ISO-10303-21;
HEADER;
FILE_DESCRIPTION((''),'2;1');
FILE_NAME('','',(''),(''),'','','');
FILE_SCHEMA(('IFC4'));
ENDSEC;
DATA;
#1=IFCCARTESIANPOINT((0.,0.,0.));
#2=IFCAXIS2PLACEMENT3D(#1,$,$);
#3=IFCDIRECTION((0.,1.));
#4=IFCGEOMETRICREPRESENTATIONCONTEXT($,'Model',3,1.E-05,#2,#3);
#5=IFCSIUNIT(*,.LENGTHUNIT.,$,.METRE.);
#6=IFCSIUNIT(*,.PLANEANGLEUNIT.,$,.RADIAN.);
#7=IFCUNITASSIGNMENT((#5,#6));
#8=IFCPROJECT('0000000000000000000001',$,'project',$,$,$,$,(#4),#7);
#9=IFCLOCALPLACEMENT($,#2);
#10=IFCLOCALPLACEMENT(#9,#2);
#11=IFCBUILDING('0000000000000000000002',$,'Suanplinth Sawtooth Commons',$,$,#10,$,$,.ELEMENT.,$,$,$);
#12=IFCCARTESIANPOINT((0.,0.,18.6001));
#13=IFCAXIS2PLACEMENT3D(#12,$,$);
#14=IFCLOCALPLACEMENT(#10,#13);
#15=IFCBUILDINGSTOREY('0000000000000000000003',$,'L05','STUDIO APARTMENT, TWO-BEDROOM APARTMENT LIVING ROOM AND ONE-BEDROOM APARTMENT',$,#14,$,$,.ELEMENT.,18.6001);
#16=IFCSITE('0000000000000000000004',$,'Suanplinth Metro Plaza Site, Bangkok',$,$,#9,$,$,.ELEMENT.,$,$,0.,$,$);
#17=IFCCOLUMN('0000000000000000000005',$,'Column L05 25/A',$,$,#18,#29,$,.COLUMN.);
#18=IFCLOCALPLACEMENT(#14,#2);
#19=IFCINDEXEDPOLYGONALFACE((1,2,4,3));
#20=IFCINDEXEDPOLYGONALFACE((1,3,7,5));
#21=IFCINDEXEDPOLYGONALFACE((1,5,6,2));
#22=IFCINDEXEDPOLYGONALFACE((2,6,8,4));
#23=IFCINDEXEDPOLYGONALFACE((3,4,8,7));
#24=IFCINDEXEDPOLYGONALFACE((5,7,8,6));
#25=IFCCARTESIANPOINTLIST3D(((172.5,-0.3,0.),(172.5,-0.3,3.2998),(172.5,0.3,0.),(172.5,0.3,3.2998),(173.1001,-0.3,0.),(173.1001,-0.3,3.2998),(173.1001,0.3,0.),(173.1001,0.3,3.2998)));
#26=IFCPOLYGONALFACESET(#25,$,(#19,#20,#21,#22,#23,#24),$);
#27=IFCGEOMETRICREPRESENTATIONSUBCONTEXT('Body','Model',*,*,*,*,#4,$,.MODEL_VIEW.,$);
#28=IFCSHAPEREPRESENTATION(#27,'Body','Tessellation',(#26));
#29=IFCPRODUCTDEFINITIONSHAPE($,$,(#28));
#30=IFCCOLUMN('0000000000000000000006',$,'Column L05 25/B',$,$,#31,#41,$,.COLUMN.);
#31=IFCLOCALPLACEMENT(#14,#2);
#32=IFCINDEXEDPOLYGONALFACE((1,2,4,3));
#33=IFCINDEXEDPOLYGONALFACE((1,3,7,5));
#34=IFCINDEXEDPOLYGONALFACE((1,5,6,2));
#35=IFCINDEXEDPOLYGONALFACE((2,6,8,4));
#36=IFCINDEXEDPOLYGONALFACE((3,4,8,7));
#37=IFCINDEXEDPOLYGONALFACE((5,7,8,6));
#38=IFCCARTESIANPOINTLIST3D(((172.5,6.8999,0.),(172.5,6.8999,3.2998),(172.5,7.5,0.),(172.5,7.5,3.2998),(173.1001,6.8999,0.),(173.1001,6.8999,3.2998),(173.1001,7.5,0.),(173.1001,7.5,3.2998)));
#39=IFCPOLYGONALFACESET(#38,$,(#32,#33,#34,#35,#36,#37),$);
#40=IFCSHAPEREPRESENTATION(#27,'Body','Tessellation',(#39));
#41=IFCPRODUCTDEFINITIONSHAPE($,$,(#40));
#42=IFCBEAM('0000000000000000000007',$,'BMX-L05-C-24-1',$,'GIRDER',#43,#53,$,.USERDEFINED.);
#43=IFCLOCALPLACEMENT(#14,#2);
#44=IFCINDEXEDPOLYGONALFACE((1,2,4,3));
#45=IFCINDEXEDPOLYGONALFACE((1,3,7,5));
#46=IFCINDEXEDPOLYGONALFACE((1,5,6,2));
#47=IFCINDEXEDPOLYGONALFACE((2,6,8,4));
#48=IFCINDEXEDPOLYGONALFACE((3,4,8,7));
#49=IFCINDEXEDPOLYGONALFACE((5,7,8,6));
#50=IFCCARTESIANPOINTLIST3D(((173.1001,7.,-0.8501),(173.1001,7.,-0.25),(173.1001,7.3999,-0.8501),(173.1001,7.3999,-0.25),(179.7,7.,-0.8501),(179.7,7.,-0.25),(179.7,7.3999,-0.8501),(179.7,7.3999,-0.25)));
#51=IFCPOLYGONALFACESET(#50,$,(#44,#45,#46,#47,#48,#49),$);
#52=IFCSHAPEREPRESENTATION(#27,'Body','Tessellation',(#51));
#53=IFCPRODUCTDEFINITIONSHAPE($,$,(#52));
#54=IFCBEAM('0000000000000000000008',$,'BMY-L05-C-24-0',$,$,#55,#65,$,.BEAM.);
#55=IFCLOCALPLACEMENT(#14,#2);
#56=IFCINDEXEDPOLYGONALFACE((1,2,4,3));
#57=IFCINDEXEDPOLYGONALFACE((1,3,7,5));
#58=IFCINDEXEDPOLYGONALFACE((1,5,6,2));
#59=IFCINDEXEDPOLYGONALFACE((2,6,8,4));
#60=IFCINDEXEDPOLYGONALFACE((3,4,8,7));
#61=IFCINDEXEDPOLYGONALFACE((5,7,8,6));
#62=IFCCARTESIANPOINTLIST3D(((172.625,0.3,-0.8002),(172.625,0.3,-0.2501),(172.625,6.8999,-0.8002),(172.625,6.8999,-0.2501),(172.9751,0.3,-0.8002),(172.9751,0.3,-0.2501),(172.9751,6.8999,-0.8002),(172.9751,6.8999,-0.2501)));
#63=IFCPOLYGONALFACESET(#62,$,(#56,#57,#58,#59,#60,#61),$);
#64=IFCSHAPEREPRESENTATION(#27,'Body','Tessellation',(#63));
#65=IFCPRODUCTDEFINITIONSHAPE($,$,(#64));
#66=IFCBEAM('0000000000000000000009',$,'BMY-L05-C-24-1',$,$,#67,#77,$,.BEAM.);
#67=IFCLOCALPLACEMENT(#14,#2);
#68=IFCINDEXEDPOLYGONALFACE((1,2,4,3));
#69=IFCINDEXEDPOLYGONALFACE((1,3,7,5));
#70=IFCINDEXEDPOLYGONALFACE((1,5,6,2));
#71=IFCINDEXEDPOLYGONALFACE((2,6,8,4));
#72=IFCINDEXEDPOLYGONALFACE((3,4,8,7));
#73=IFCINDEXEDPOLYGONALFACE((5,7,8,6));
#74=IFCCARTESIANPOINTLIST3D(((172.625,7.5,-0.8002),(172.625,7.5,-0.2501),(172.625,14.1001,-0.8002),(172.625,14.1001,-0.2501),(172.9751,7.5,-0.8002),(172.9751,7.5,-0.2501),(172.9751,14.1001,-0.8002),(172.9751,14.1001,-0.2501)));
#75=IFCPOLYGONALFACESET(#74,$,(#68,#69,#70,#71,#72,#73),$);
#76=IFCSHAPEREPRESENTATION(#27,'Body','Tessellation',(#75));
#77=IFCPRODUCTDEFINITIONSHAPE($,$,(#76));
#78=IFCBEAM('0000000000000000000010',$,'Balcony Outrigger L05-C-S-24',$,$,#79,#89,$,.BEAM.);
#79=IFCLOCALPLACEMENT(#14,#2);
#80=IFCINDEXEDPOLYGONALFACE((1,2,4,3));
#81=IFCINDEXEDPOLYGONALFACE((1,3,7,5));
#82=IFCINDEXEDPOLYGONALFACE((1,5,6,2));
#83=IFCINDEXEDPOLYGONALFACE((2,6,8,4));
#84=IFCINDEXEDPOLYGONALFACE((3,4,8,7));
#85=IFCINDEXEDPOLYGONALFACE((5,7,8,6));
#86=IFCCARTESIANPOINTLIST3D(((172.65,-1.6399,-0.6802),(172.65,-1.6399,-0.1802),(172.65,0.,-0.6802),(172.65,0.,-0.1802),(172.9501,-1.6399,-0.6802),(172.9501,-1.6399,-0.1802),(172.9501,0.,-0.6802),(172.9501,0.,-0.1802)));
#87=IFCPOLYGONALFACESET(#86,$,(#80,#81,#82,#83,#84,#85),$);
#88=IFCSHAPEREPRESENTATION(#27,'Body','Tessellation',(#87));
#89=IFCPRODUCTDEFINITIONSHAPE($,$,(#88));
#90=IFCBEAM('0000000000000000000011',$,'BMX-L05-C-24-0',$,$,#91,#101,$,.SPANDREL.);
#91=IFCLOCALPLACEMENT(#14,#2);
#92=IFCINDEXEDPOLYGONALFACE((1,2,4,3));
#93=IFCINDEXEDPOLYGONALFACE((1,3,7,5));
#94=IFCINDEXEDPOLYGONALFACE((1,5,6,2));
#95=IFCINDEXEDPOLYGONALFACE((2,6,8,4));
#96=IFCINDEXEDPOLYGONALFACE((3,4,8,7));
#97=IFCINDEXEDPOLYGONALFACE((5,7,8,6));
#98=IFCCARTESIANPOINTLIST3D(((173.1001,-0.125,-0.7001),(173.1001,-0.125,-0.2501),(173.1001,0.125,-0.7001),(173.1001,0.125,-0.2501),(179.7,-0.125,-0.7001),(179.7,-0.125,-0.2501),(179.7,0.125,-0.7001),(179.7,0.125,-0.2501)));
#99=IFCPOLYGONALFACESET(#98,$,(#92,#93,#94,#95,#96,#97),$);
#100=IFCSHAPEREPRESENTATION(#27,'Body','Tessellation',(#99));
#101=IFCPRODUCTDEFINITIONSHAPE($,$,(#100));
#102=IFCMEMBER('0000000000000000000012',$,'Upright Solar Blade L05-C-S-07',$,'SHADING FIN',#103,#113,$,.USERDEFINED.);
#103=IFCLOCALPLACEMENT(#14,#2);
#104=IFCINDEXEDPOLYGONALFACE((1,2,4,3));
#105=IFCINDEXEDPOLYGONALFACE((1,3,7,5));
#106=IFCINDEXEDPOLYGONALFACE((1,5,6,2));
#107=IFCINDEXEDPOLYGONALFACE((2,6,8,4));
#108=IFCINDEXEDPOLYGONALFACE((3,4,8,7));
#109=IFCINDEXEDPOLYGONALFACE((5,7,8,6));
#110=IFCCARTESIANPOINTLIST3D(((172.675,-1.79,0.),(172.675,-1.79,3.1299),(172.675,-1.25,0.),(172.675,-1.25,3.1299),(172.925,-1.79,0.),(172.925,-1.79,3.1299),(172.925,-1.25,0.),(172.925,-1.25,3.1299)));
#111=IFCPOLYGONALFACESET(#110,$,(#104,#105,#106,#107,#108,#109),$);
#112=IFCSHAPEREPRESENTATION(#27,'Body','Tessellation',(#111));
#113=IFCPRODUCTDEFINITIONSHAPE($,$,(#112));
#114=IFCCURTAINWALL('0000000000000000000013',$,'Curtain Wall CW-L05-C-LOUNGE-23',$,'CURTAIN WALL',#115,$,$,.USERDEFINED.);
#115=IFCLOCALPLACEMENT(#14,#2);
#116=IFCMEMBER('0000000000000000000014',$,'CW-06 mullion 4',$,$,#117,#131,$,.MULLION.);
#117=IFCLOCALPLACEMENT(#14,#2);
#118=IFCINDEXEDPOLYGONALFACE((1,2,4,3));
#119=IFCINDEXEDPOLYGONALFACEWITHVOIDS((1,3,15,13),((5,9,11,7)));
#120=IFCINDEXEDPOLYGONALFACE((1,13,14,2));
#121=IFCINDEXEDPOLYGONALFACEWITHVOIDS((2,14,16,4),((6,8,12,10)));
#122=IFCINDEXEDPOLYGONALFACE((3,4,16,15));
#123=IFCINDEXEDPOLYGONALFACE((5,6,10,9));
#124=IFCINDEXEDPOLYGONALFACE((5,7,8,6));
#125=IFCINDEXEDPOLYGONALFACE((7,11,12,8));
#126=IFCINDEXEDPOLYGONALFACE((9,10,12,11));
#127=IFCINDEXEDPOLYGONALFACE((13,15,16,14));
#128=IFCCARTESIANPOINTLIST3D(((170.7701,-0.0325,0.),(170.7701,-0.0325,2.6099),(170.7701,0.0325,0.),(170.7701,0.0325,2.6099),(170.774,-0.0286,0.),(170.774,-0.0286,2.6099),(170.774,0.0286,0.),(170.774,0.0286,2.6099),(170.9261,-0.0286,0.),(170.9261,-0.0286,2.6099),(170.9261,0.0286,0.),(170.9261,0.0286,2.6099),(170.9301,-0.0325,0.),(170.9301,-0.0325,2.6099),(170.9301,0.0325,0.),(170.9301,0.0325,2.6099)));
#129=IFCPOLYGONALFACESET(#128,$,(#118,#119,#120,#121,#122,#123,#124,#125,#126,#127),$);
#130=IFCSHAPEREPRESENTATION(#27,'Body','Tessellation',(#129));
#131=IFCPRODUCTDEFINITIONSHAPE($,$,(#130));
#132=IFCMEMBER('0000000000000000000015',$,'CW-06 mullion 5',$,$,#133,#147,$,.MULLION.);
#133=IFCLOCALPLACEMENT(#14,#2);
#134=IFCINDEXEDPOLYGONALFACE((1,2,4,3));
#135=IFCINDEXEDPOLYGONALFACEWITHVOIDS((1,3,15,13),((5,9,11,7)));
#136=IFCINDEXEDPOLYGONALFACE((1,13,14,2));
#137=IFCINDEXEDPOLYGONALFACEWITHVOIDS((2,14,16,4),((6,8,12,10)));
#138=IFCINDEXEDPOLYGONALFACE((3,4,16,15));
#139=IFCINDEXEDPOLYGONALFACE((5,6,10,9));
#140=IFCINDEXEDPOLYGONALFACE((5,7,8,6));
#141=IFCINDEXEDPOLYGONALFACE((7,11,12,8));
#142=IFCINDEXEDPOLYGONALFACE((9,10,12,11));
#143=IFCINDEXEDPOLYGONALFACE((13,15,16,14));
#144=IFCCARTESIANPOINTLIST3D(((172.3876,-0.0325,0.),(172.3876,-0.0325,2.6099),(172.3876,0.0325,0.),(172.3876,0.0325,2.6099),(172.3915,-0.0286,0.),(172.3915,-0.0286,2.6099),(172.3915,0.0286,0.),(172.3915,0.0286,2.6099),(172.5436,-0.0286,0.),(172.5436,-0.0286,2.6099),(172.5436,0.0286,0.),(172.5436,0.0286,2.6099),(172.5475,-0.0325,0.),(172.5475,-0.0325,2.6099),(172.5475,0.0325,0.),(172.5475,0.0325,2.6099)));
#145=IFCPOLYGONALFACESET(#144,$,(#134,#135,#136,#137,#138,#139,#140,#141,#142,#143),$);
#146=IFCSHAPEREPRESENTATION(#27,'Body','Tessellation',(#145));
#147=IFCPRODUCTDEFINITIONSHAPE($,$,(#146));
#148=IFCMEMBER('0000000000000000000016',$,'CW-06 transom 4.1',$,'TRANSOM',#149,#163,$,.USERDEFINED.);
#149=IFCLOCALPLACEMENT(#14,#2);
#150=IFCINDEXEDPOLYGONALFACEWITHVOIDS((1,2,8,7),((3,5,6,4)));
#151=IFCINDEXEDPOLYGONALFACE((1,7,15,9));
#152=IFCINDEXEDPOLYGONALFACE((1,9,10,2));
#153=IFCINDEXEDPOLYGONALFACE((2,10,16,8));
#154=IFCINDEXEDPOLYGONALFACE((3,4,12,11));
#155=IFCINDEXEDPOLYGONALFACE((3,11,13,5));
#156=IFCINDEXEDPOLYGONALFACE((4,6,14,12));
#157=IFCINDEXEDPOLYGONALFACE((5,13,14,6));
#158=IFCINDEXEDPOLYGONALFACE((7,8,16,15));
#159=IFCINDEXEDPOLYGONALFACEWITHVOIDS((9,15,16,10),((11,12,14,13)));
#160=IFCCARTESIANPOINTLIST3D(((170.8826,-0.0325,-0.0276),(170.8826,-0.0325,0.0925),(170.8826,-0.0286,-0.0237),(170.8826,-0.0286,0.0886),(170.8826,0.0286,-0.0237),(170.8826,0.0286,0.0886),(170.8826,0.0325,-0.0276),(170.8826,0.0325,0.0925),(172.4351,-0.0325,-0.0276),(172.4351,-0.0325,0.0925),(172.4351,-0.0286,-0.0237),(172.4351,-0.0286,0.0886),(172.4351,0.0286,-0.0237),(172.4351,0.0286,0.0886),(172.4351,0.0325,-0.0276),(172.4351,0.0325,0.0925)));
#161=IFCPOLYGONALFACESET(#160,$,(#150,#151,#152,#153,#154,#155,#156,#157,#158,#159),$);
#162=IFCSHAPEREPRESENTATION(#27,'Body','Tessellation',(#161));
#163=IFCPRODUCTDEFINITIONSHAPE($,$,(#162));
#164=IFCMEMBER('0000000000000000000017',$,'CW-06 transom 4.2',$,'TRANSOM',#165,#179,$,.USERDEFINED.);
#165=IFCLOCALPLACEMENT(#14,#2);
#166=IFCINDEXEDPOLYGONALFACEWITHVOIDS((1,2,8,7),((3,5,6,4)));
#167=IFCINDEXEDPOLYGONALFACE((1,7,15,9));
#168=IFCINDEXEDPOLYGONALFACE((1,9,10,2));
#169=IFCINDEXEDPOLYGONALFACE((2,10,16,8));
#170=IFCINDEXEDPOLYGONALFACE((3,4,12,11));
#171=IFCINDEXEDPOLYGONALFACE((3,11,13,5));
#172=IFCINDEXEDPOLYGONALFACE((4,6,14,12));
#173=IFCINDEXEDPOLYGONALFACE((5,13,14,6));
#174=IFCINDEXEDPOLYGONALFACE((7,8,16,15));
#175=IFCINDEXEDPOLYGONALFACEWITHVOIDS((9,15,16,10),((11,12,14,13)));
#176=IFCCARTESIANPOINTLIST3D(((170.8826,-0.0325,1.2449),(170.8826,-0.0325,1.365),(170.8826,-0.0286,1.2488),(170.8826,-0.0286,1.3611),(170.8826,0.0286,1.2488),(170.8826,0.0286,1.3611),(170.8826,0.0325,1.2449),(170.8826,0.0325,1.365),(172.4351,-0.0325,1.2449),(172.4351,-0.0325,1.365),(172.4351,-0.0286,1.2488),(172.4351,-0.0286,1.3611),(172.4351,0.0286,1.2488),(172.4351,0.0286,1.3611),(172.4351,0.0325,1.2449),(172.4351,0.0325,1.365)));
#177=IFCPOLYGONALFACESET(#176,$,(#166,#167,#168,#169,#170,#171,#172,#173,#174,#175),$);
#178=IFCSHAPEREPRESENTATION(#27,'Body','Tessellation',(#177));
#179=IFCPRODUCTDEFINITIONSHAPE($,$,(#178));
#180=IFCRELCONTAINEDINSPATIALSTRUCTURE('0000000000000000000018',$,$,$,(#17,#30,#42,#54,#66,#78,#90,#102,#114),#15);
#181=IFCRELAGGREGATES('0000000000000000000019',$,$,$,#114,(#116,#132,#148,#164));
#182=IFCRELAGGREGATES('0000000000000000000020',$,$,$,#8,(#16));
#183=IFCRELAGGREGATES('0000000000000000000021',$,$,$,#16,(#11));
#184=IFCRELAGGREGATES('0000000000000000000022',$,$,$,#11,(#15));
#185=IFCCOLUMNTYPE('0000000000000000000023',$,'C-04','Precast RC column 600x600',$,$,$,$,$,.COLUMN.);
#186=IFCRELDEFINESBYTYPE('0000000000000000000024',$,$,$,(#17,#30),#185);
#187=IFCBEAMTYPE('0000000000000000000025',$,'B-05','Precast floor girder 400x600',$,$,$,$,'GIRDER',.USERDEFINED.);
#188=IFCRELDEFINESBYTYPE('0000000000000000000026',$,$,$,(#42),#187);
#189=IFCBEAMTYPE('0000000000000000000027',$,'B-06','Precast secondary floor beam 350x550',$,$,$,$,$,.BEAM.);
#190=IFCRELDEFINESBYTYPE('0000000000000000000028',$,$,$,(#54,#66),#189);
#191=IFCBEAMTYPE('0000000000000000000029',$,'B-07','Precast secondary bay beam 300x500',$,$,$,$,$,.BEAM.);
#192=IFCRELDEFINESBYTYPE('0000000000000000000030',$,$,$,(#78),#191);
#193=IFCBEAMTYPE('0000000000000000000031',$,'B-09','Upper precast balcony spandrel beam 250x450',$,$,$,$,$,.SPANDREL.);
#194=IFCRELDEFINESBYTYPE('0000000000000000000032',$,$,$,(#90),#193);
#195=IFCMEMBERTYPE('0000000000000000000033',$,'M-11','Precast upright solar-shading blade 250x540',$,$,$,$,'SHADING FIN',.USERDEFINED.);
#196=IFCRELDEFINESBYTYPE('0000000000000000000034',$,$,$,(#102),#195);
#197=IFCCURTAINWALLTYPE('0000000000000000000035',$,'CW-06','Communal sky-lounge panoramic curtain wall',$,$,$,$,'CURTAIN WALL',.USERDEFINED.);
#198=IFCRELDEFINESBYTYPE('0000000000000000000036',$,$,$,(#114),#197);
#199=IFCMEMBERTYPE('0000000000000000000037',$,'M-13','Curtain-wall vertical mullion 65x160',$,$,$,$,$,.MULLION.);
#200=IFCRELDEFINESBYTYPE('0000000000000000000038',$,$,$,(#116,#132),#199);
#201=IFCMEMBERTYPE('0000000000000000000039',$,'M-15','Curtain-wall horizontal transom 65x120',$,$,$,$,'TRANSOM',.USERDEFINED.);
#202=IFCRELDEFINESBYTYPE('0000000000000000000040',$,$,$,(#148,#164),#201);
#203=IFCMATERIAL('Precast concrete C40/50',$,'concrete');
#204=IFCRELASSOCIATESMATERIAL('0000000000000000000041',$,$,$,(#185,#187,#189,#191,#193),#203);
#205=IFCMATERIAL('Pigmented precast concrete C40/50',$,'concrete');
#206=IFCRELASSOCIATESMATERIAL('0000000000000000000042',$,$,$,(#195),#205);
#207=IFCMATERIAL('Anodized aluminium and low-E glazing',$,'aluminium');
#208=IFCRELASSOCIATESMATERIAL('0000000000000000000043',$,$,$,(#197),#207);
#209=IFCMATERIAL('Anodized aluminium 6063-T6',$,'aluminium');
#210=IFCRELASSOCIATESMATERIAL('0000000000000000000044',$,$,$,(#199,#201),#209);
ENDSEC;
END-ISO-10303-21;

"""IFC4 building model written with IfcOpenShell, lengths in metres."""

from ifc_helpers import new_model, si_unit, direction, frame, origin, origin_2d, place, context, subcontext, project, spatial, rectangle, hollow_rectangle, extrude, material, material_profile, profile_set, type_object, element, aggregate, save


model = new_model("IFC4")

# Units and contexts
model_context = context("Model", 3, precision=1e-05, world=origin(), true_north=direction((0.0, 1.0)))
body_context = subcontext(model_context, "Body", "Model", "MODEL_VIEW")
ifc_project = project(units=[si_unit("LENGTHUNIT", "METRE"), si_unit("PLANEANGLEUNIT", "RADIAN")], contexts=[model_context])

# Site, building, storey
site_placement = place(None, origin())
site = spatial("IfcSite", under=ifc_project, at=site_placement, Name="Suanplinth Metro Plaza Site, Bangkok", CompositionType="ELEMENT", RefElevation=0.0)
building_placement = place(site_placement, origin())
building = spatial("IfcBuilding", under=site, at=building_placement, Name="Suanplinth Sawtooth Commons", CompositionType="ELEMENT")
storey_placement = place(building_placement, frame((0.0, 0.0, 18.6001)))
storey = spatial("IfcBuildingStorey", under=building, at=storey_placement, Name="L05", Description="STUDIO APARTMENT, TWO-BEDROOM APARTMENT LIVING ROOM AND ONE-BEDROOM APARTMENT", CompositionType="ELEMENT", Elevation=18.6001)

# Columns
ifc_material_1 = material(Name="Precast concrete C40/50", Category="concrete")
ifc_material_profile_1 = material_profile(ifc_material_1, rectangle(XDim=0.6001, YDim=0.6001, at=origin_2d()), Name="PC-COL 600x600")
ifc_profile_set_1 = profile_set([ifc_material_profile_1], Name="Precast concrete C40/50")
column_type = type_object("IfcColumnType", Name="C-04", Description="Precast RC column 600x600", PredefinedType="COLUMN", material=ifc_profile_set_1)
for number, where, z_axis, x_axis, name in (
    (1, (172.8, 0.0, 0.0), (0.0, 0.0, 1.0), (1.0, 0.0, 0.0), "Column L05 25/A"),
    (2, (172.8, 7.2, 0.0), (0.0, 0.0, 1.0), (1.0, 0.0, 0.0), "Column L05 25/B"),
):
    element("IfcColumn", number, at=place(storey_placement, frame(where, z_axis=z_axis, x_axis=x_axis)), inside=storey, type_object=column_type, Name=name, PredefinedType="COLUMN", context=body_context, shape_type="SweptSolid", body=[
        extrude(rectangle(XDim=0.6001, YDim=0.6001, at=origin_2d()), origin(), (0.0, 0.0, 1.0), 3.2998),
    ])

# Beams
ifc_material_profile_2 = material_profile(ifc_material_1, rectangle(XDim=0.3999, YDim=0.6001, at=origin_2d()), Name="PC-GDR 400x600")
ifc_profile_set_2 = profile_set([ifc_material_profile_2], Name="Precast concrete C40/50")
beam_type_1 = type_object("IfcBeamType", Name="B-05", Description="Precast floor girder 400x600", ElementType="GIRDER", PredefinedType="USERDEFINED", material=ifc_profile_set_2)
beam_1_placement = place(storey_placement, frame((173.1001, 7.2, -0.55), z_axis=(1.0, 0.0, 0.0), x_axis=(0.0, 1.0, 0.0)))
element("IfcBeam", 3, at=beam_1_placement, inside=storey, type_object=beam_type_1, Name="BMX-L05-C-24-1", ObjectType="GIRDER", PredefinedType="USERDEFINED", context=body_context, shape_type="SweptSolid", body=[
    extrude(rectangle(XDim=0.3999, YDim=0.6001, at=origin_2d()), origin(), (0.0, 0.0, 1.0), 6.5999),
])
ifc_material_profile_3 = material_profile(ifc_material_1, rectangle(XDim=0.3501, YDim=0.55, at=origin_2d()), Name="PC-BM 350x550")
ifc_profile_set_3 = profile_set([ifc_material_profile_3], Name="Precast concrete C40/50")
beam_type_2 = type_object("IfcBeamType", Name="B-06", Description="Precast secondary floor beam 350x550", PredefinedType="BEAM", material=ifc_profile_set_3)
beam_2_placement = place(storey_placement, frame((172.8, 0.3, -0.5251), z_axis=(0.0, 1.0, 0.0), x_axis=(-1.0, 0.0, 0.0)))
element("IfcBeam", 4, at=beam_2_placement, inside=storey, type_object=beam_type_2, Name="BMY-L05-C-24-0", PredefinedType="BEAM", context=body_context, shape_type="SweptSolid", body=[
    extrude(rectangle(XDim=0.3501, YDim=0.55, at=origin_2d()), origin(), (0.0, 0.0, 1.0), 6.5999),
])
beam_3_placement = place(storey_placement, frame((172.8, 7.5, -0.5251), z_axis=(0.0, 1.0, 0.0), x_axis=(-1.0, 0.0, 0.0)))
element("IfcBeam", 5, at=beam_3_placement, inside=storey, type_object=beam_type_2, Name="BMY-L05-C-24-1", PredefinedType="BEAM", context=body_context, shape_type="SweptSolid", body=[
    extrude(rectangle(XDim=0.3501, YDim=0.55, at=origin_2d()), origin(), (0.0, 0.0, 1.0), 6.6001),
])
ifc_material_profile_4 = material_profile(ifc_material_1, rectangle(XDim=0.3, YDim=0.5, at=origin_2d()), Name="PC-BM 300x500")
ifc_profile_set_4 = profile_set([ifc_material_profile_4], Name="Precast concrete C40/50")
beam_type_3 = type_object("IfcBeamType", Name="B-07", Description="Precast secondary bay beam 300x500", PredefinedType="BEAM", material=ifc_profile_set_4)
beam_4_placement = place(storey_placement, frame((172.8, 0.0, -0.4302), z_axis=(0.0, -1.0, 0.0), x_axis=(1.0, 0.0, 0.0)))
element("IfcBeam", 6, at=beam_4_placement, inside=storey, type_object=beam_type_3, Name="Balcony Outrigger L05-C-S-24", PredefinedType="BEAM", context=body_context, shape_type="SweptSolid", body=[
    extrude(rectangle(XDim=0.3, YDim=0.5, at=origin_2d()), origin(), (0.0, 0.0, 1.0), 1.6399),
])
ifc_material_profile_5 = material_profile(ifc_material_1, rectangle(XDim=0.25, YDim=0.45, at=origin_2d()), Name="PC-SP 250x450")
ifc_profile_set_5 = profile_set([ifc_material_profile_5], Name="Precast concrete C40/50")
beam_type_4 = type_object("IfcBeamType", Name="B-09", Description="Upper precast balcony spandrel beam 250x450", PredefinedType="SPANDREL", material=ifc_profile_set_5)
beam_5_placement = place(storey_placement, frame((173.1001, 0.0, -0.4751), z_axis=(1.0, 0.0, 0.0), x_axis=(0.0, 1.0, 0.0)))
element("IfcBeam", 7, at=beam_5_placement, inside=storey, type_object=beam_type_4, Name="BMX-L05-C-24-0", PredefinedType="SPANDREL", context=body_context, shape_type="SweptSolid", body=[
    extrude(rectangle(XDim=0.25, YDim=0.45, at=origin_2d()), origin(), (0.0, 0.0, 1.0), 6.5999),
])

# Member
ifc_material_2 = material(Name="Pigmented precast concrete C40/50", Category="concrete")
ifc_material_profile_6 = material_profile(ifc_material_2, rectangle(XDim=0.25, YDim=0.54, at=origin_2d()), Name="PC-FIN 250x540")
ifc_profile_set_6 = profile_set([ifc_material_profile_6], Name="Pigmented precast concrete C40/50")
member_type_1 = type_object("IfcMemberType", Name="M-11", Description="Precast upright solar-shading blade 250x540", ElementType="SHADING FIN", PredefinedType="USERDEFINED", material=ifc_profile_set_6)
member_1_placement = place(storey_placement, frame((172.8, -1.52, 0.0), z_axis=(0.0, 0.0, 1.0), x_axis=(1.0, 0.0, 0.0)))
element("IfcMember", 8, at=member_1_placement, inside=storey, type_object=member_type_1, Name="Upright Solar Blade L05-C-S-07", ObjectType="SHADING FIN", PredefinedType="USERDEFINED", context=body_context, shape_type="SweptSolid", body=[
    extrude(rectangle(XDim=0.25, YDim=0.54, at=origin_2d()), origin(), (0.0, 0.0, 1.0), 3.1299),
])

# Curtain wall, members
ifc_material_3 = material(Name="Anodized aluminium and low-E glazing", Category="aluminium")
curtain_wall_type = type_object("IfcCurtainWallType", Name="CW-06", Description="Communal sky-lounge panoramic curtain wall", ElementType="CURTAIN WALL", PredefinedType="USERDEFINED", material=ifc_material_3)
curtain_wall_placement = place(storey_placement, origin())
curtain_wall = element("IfcCurtainWall", 9, at=curtain_wall_placement, inside=storey, type_object=curtain_wall_type, Name="Curtain Wall CW-L05-C-LOUNGE-23", ObjectType="CURTAIN WALL", PredefinedType="USERDEFINED")
ifc_material_4 = material(Name="Anodized aluminium 6063-T6", Category="aluminium")
ifc_material_profile_7 = material_profile(ifc_material_4, hollow_rectangle(XDim=0.0649, YDim=0.1599, WallThickness=0.0039, at=origin_2d()), Name="ALU-MUL 65x160")
ifc_profile_set_7 = profile_set([ifc_material_profile_7], Name="Anodized aluminium 6063-T6")
member_type_2 = type_object("IfcMemberType", Name="M-13", Description="Curtain-wall vertical mullion 65x160", PredefinedType="MULLION", material=ifc_profile_set_7)
member_2_placement = place(storey_placement, frame((170.8501, 0.0, 0.0), z_axis=(0.0, 0.0, 1.0), x_axis=(0.0, 1.0, 0.0)))
member_2 = element("IfcMember", 10, at=member_2_placement, type_object=member_type_2, Name="CW-06 mullion 4", PredefinedType="MULLION", context=body_context, shape_type="SweptSolid", body=[
    extrude(hollow_rectangle(XDim=0.0649, YDim=0.1599, WallThickness=0.0039, at=origin_2d()), origin(), (0.0, 0.0, 1.0), 2.6099),
])
member_3_placement = place(storey_placement, frame((172.4675, 0.0, 0.0), z_axis=(0.0, 0.0, 1.0), x_axis=(0.0, 1.0, 0.0)))
member_3 = element("IfcMember", 11, at=member_3_placement, type_object=member_type_2, Name="CW-06 mullion 5", PredefinedType="MULLION", context=body_context, shape_type="SweptSolid", body=[
    extrude(hollow_rectangle(XDim=0.0649, YDim=0.1599, WallThickness=0.0039, at=origin_2d()), origin(), (0.0, 0.0, 1.0), 2.6099),
])
ifc_material_profile_8 = material_profile(ifc_material_4, hollow_rectangle(XDim=0.0649, YDim=0.1201, WallThickness=0.0039, at=origin_2d()), Name="ALU-TRN 65x120")
ifc_profile_set_8 = profile_set([ifc_material_profile_8], Name="Anodized aluminium 6063-T6")
member_type_3 = type_object("IfcMemberType", Name="M-15", Description="Curtain-wall horizontal transom 65x120", ElementType="TRANSOM", PredefinedType="USERDEFINED", material=ifc_profile_set_8)
member_4_placement = place(storey_placement, frame((170.8826, 0.0, 0.0325), z_axis=(1.0, 0.0, 0.0), x_axis=(0.0, 1.0, 0.0)))
member_4 = element("IfcMember", 12, at=member_4_placement, type_object=member_type_3, Name="CW-06 transom 4.1", ObjectType="TRANSOM", PredefinedType="USERDEFINED", context=body_context, shape_type="SweptSolid", body=[
    extrude(hollow_rectangle(XDim=0.0649, YDim=0.1201, WallThickness=0.0039, at=origin_2d()), origin(), (0.0, 0.0, 1.0), 1.5525),
])
member_5_placement = place(storey_placement, frame((170.8826, 0.0, 1.3049), z_axis=(1.0, 0.0, 0.0), x_axis=(0.0, 1.0, 0.0)))
member_5 = element("IfcMember", 13, at=member_5_placement, type_object=member_type_3, Name="CW-06 transom 4.2", ObjectType="TRANSOM", PredefinedType="USERDEFINED", context=body_context, shape_type="SweptSolid", body=[
    extrude(hollow_rectangle(XDim=0.0649, YDim=0.1201, WallThickness=0.0039, at=origin_2d()), origin(), (0.0, 0.0, 1.0), 1.5525),
])
aggregate(curtain_wall, [member_2, member_3, member_4, member_5])

save(model, "model.ifc")
